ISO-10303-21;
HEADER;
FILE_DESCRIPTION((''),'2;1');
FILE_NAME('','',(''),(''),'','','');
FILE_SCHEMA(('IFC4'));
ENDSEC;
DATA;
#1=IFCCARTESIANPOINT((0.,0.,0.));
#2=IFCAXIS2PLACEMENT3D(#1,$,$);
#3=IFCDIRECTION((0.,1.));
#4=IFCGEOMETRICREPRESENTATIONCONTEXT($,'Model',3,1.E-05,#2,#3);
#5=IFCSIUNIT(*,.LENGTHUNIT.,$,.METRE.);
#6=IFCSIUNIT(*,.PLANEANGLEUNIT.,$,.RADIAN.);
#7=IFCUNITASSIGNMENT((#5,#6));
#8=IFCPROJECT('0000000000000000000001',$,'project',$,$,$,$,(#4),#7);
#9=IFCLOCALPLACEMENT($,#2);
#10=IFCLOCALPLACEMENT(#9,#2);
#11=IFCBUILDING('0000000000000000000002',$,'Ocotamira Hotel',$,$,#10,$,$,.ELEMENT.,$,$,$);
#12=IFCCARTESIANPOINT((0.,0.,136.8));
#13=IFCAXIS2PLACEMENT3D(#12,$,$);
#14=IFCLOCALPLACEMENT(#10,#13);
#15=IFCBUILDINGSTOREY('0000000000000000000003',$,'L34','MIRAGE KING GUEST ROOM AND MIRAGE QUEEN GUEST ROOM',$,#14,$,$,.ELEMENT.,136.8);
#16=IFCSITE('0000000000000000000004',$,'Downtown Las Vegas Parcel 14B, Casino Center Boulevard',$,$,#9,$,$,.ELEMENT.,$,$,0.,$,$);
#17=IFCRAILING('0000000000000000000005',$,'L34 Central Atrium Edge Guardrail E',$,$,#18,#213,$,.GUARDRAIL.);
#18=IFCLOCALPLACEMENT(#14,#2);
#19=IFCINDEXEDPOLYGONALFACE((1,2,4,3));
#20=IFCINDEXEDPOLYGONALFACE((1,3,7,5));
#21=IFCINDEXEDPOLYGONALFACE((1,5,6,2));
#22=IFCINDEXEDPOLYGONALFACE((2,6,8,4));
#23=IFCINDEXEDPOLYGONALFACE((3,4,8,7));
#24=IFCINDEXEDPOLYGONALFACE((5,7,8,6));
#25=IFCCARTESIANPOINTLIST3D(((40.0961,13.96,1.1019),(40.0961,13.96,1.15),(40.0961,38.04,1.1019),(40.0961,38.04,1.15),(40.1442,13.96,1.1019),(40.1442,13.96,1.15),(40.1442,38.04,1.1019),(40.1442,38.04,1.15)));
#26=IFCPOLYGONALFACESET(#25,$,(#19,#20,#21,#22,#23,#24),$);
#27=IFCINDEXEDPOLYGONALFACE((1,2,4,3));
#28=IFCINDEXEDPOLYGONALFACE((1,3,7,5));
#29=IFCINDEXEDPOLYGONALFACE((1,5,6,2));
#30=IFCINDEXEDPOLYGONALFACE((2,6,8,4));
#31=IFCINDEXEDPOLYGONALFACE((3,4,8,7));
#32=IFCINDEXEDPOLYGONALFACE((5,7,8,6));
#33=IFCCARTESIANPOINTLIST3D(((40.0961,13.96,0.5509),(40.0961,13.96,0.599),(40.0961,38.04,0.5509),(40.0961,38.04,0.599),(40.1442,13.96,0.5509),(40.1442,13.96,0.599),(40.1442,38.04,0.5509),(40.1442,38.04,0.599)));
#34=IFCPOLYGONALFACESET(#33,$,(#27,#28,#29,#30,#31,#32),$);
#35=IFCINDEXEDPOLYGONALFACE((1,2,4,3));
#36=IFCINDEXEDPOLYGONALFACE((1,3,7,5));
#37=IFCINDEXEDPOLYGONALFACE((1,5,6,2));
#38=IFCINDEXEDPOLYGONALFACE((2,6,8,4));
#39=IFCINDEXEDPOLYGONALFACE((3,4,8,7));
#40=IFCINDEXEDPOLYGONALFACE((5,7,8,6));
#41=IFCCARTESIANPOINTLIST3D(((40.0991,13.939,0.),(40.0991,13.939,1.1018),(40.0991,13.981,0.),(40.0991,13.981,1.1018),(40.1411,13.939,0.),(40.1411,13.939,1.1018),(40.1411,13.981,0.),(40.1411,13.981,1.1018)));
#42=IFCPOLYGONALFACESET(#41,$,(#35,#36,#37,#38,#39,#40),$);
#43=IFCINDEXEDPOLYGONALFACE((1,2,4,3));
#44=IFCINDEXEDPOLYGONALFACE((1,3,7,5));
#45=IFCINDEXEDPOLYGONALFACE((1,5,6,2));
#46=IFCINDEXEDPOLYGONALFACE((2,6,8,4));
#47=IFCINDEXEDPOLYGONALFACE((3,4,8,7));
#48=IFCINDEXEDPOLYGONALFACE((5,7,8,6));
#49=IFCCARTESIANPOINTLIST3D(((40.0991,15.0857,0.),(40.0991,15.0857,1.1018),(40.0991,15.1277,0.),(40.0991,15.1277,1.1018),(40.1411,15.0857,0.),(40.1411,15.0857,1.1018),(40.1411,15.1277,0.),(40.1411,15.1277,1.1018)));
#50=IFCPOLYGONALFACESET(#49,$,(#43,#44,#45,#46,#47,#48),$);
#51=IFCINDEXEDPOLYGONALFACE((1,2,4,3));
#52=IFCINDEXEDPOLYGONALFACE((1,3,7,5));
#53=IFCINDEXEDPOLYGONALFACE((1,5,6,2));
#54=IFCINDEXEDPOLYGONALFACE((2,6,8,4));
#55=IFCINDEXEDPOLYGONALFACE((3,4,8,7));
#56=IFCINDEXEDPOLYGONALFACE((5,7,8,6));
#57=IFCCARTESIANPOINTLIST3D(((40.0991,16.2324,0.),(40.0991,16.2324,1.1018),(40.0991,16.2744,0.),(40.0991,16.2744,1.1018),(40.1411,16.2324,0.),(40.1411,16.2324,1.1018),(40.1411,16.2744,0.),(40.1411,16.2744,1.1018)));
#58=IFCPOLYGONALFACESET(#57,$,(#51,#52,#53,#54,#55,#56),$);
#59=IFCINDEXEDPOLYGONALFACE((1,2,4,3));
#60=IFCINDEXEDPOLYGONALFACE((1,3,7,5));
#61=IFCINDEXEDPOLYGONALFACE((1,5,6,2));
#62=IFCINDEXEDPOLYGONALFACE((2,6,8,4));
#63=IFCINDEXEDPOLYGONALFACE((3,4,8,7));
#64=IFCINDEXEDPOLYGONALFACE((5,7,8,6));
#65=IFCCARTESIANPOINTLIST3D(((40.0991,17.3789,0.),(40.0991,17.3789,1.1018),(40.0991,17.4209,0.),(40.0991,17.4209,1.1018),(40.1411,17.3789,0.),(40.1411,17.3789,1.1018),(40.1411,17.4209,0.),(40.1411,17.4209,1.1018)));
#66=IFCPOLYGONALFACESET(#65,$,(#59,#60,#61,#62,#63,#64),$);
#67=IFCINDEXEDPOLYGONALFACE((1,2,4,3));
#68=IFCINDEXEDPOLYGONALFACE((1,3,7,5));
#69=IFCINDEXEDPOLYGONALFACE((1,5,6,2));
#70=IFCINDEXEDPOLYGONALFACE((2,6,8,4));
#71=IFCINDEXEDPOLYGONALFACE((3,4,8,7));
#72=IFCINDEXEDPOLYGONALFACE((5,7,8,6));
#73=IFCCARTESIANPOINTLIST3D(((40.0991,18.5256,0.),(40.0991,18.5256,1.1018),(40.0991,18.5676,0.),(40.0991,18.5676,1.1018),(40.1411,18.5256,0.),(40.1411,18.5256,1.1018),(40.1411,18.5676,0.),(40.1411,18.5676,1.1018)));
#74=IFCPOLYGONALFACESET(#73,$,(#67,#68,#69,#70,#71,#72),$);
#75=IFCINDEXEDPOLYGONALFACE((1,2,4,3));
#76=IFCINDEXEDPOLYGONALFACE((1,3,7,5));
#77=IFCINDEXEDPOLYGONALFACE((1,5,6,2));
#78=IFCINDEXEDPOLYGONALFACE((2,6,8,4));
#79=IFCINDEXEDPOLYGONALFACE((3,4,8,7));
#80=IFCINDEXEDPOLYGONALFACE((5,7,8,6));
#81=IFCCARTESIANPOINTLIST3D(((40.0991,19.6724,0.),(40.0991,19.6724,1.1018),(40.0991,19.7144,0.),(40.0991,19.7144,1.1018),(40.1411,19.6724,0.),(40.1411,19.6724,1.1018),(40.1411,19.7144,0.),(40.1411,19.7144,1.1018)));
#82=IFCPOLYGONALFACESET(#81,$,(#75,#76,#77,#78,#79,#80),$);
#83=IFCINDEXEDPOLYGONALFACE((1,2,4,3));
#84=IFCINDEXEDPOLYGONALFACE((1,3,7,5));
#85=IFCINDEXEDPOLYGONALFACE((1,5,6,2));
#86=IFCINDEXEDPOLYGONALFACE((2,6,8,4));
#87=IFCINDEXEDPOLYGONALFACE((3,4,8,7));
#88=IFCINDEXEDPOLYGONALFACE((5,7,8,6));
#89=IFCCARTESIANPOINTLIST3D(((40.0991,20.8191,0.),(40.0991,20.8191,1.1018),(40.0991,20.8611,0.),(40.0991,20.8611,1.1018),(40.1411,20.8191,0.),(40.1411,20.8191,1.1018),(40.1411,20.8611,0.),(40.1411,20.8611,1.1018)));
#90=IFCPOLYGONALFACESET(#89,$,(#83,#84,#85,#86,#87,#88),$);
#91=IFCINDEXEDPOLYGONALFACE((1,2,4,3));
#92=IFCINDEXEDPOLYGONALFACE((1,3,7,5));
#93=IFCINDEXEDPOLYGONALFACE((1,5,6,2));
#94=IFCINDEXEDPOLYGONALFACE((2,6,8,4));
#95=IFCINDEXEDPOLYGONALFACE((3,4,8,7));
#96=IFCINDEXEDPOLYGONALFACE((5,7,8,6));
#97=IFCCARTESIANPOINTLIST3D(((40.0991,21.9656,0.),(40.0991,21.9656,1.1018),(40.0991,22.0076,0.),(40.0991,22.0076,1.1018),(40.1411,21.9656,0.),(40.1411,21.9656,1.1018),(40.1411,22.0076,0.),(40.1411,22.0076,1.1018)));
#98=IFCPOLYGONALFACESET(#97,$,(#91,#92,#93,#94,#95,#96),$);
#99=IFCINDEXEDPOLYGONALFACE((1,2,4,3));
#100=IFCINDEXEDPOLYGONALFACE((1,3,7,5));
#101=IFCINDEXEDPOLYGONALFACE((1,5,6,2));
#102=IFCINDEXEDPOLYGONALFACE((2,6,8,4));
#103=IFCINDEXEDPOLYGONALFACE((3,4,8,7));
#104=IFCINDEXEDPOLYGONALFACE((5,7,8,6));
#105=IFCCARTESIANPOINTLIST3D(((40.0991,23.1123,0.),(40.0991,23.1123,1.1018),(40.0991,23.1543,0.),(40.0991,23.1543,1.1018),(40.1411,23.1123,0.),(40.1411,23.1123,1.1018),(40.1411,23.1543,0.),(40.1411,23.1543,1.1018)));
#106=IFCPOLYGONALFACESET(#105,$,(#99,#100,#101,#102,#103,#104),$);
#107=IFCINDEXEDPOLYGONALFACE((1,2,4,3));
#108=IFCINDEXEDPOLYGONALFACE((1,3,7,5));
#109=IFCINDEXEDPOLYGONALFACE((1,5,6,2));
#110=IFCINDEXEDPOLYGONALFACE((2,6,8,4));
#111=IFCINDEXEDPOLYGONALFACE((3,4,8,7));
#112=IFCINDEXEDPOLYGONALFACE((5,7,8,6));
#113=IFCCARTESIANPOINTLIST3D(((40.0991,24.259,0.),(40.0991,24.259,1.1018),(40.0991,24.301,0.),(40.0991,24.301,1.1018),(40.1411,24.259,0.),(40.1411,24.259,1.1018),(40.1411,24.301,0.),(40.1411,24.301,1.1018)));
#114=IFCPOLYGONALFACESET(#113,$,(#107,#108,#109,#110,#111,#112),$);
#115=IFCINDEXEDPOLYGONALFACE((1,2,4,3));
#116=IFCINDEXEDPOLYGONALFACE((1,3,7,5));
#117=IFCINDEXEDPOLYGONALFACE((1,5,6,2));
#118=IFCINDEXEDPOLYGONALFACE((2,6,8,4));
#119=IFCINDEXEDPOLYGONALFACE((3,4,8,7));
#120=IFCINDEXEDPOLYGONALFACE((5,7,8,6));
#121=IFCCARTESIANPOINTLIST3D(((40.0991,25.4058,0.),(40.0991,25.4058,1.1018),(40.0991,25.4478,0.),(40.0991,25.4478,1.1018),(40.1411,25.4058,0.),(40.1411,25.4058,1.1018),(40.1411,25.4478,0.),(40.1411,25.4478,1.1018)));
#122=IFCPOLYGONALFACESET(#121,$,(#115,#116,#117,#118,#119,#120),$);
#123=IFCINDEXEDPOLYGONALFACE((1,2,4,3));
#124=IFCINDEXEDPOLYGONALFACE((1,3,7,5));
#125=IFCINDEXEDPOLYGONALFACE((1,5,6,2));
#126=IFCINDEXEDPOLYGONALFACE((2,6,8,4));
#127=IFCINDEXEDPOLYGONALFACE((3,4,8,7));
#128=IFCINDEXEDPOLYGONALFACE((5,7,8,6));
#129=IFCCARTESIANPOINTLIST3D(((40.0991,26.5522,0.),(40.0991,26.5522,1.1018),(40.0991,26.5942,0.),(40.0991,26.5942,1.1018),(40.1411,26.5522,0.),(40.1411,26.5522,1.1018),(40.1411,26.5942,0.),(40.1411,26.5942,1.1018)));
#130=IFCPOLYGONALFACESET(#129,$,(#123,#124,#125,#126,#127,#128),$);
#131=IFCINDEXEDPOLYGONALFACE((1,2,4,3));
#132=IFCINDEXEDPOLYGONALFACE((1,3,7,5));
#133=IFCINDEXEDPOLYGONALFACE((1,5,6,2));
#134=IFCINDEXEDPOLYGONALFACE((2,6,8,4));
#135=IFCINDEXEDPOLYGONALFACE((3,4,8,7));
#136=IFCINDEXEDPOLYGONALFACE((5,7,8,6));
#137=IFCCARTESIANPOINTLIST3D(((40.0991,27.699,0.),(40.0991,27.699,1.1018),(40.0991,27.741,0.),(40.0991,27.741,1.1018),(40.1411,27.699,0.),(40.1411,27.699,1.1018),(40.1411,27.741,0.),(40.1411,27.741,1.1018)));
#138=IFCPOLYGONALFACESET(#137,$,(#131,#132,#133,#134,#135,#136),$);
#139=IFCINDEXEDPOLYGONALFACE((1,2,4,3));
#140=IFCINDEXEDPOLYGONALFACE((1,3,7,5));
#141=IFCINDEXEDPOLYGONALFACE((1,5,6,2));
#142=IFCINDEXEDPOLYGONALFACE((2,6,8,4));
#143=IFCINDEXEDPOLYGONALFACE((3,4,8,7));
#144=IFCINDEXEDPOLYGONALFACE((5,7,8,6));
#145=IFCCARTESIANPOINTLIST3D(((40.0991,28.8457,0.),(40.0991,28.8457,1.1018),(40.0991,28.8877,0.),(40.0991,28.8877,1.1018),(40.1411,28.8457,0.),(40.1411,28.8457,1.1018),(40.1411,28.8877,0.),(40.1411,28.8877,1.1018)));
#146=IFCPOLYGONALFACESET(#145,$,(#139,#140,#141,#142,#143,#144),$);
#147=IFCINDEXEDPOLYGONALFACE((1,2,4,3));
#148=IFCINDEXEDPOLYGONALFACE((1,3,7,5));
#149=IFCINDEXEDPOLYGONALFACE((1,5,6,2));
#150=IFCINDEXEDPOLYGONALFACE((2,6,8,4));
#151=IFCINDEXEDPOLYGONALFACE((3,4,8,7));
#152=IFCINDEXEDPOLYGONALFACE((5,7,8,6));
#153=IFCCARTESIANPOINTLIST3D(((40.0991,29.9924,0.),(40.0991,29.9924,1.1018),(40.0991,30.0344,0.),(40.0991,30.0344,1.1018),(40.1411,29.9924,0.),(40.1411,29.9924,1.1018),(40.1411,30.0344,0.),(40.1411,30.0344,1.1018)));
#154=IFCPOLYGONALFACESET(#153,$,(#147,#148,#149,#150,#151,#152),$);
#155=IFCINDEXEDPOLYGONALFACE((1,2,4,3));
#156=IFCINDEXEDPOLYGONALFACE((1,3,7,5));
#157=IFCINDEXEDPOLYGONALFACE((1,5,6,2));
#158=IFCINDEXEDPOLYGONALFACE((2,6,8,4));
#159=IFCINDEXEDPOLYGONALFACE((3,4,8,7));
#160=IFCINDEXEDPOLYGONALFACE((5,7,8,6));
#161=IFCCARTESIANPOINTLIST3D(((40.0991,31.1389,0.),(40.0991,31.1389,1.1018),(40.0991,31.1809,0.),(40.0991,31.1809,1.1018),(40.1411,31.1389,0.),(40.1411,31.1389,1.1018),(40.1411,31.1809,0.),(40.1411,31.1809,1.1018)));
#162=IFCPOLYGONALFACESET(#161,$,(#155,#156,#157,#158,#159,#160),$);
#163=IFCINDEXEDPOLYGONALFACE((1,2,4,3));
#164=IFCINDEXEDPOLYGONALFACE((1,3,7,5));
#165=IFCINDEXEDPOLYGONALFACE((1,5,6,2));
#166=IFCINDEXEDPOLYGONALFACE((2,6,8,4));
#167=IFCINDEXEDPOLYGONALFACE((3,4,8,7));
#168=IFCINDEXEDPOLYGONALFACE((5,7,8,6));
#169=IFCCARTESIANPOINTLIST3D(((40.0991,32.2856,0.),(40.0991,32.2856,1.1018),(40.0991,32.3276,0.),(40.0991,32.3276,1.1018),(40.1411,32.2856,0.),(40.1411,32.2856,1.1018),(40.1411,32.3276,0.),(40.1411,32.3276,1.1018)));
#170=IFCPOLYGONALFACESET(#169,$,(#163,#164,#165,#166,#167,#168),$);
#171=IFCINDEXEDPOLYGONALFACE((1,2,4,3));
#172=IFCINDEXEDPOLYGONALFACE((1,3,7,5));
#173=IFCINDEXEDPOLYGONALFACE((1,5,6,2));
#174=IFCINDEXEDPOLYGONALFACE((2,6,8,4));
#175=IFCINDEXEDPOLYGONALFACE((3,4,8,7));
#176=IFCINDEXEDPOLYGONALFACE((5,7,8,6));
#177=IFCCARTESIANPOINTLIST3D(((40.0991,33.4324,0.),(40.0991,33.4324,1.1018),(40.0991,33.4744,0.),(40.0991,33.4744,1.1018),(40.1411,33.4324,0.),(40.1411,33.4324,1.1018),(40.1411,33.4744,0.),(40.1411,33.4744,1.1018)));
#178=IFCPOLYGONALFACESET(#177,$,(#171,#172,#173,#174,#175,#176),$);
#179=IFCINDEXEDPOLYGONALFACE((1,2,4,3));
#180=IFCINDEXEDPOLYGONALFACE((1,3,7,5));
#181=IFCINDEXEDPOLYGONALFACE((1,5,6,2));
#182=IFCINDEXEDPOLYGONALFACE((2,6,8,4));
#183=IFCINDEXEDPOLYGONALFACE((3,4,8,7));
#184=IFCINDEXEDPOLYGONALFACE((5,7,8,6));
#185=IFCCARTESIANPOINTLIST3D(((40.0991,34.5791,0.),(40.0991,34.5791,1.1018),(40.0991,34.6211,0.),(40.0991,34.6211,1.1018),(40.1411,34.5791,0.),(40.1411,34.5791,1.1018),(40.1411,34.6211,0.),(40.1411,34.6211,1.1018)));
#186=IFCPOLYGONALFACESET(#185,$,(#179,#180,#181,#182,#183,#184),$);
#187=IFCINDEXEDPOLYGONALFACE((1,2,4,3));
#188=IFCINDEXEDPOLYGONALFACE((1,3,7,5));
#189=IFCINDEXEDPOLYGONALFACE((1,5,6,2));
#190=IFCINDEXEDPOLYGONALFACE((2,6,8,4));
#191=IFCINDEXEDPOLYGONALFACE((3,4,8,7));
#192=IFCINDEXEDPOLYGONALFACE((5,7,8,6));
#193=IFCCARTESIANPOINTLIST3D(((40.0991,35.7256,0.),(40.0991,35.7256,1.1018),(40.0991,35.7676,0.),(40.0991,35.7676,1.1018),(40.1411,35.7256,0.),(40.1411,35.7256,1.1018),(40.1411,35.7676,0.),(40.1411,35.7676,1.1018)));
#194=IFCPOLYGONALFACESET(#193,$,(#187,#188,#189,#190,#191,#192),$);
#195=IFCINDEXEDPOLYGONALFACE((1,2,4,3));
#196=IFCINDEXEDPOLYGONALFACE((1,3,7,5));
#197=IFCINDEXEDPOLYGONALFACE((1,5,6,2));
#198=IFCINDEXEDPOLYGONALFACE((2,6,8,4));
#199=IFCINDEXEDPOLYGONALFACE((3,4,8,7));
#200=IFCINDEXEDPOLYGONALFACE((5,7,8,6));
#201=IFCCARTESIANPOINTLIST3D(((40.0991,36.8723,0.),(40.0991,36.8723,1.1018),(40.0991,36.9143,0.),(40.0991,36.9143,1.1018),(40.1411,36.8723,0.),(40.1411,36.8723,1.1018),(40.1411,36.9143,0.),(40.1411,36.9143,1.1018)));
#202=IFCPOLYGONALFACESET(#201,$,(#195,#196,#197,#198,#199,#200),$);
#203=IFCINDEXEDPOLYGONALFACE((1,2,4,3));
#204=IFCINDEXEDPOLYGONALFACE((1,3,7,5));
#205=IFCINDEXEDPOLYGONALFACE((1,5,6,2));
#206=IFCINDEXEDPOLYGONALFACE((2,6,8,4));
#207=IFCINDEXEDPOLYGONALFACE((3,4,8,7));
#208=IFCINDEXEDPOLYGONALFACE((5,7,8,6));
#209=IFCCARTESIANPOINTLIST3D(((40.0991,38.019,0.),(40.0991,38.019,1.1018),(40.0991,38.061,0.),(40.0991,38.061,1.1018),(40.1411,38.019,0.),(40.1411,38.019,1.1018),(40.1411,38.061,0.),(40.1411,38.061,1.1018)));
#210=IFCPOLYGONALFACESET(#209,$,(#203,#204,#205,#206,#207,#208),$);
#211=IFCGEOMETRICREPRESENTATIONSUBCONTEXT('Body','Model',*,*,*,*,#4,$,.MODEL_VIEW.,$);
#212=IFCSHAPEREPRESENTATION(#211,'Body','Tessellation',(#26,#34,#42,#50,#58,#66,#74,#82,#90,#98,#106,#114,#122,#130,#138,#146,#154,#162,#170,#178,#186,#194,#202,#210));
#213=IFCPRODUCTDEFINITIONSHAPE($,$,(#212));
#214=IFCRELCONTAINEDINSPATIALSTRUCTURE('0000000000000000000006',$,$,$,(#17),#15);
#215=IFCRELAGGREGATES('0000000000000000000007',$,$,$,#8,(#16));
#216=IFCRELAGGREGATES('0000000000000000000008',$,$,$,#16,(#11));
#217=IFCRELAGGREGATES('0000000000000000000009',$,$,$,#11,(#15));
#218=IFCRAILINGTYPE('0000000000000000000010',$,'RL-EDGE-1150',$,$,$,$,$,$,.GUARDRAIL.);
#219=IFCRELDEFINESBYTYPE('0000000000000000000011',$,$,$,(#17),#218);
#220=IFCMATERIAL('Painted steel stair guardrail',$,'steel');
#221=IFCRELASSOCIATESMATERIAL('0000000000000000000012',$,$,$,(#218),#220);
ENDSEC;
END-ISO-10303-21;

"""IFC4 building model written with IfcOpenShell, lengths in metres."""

from ifc_helpers import new_model, si_unit, direction, frame, origin, origin_2d, place, context, subcontext, project, spatial, rectangle, extrude, material, type_object, element, save


model = new_model("IFC4")

# Units and contexts
model_context = context("Model", 3, precision=1e-05, world=origin(), true_north=direction((0.0, 1.0)))
body_context = subcontext(model_context, "Body", "Model", "MODEL_VIEW")
ifc_project = project(units=[si_unit("LENGTHUNIT", "METRE"), si_unit("PLANEANGLEUNIT", "RADIAN")], contexts=[model_context])

# Site, building, storey
site_placement = place(None, origin())
site = spatial("IfcSite", under=ifc_project, at=site_placement, Name="Downtown Las Vegas Parcel 14B, Casino Center Boulevard", CompositionType="ELEMENT", RefElevation=0.0)
building_placement = place(site_placement, origin())
building = spatial("IfcBuilding", under=site, at=building_placement, Name="Ocotamira Hotel", CompositionType="ELEMENT")
storey_placement = place(building_placement, frame((0.0, 0.0, 136.8)))
storey = spatial("IfcBuildingStorey", under=building, at=storey_placement, Name="L34", Description="MIRAGE KING GUEST ROOM AND MIRAGE QUEEN GUEST ROOM", CompositionType="ELEMENT", Elevation=136.8)

# Railing
ifc_material_1 = material(Name="Painted steel stair guardrail", Category="steel")
railing_type = type_object("IfcRailingType", Name="RL-EDGE-1150", PredefinedType="GUARDRAIL", material=ifc_material_1)
railing_placement = place(storey_placement, frame((40.1201, 13.96, 0.0)))
element("IfcRailing", 1, at=railing_placement, inside=storey, type_object=railing_type, Name="L34 Central Atrium Edge Guardrail E", PredefinedType="GUARDRAIL", context=body_context, shape_type="SweptSolid", body=[
    extrude(rectangle(XDim=0.0481, YDim=0.0481, at=origin_2d()), frame((0.0, 0.0, 1.126), z_axis=(0.0, 1.0, 0.0), x_axis=(-1.0, 0.0, 0.0)), (0.0, 0.0, 1.0), 24.0801),
    extrude(rectangle(XDim=0.0481, YDim=0.0481, at=origin_2d()), frame((0.0, 0.0, 0.575), z_axis=(0.0, 1.0, 0.0), x_axis=(-1.0, 0.0, 0.0)), (0.0, 0.0, 1.0), 24.0801),
    extrude(rectangle(XDim=0.042, YDim=0.042, at=origin_2d()), origin(), (0.0, 0.0, 1.0), 1.1018),
    extrude(rectangle(XDim=0.042, YDim=0.042, at=origin_2d()), frame((0.0, 1.1467, 0.0)), (0.0, 0.0, 1.0), 1.1018),
    extrude(rectangle(XDim=0.042, YDim=0.042, at=origin_2d()), frame((0.0, 2.2935, 0.0)), (0.0, 0.0, 1.0), 1.1018),
    extrude(rectangle(XDim=0.042, YDim=0.042, at=origin_2d()), frame((0.0, 3.4399, 0.0)), (0.0, 0.0, 1.0), 1.1018),
    extrude(rectangle(XDim=0.042, YDim=0.042, at=origin_2d()), frame((0.0, 4.5867, 0.0)), (0.0, 0.0, 1.0), 1.1018),
    extrude(rectangle(XDim=0.042, YDim=0.042, at=origin_2d()), frame((0.0, 5.7334, 0.0)), (0.0, 0.0, 1.0), 1.1018),
    extrude(rectangle(XDim=0.042, YDim=0.042, at=origin_2d()), frame((0.0, 6.8801, 0.0)), (0.0, 0.0, 1.0), 1.1018),
    extrude(rectangle(XDim=0.042, YDim=0.042, at=origin_2d()), frame((0.0, 8.0266, 0.0)), (0.0, 0.0, 1.0), 1.1018),
    extrude(rectangle(XDim=0.042, YDim=0.042, at=origin_2d()), frame((0.0, 9.1733, 0.0)), (0.0, 0.0, 1.0), 1.1018),
    extrude(rectangle(XDim=0.042, YDim=0.042, at=origin_2d()), frame((0.0, 10.3201, 0.0)), (0.0, 0.0, 1.0), 1.1018),
    extrude(rectangle(XDim=0.042, YDim=0.042, at=origin_2d()), frame((0.0, 11.4668, 0.0)), (0.0, 0.0, 1.0), 1.1018),
    extrude(rectangle(XDim=0.042, YDim=0.042, at=origin_2d()), frame((0.0, 12.6133, 0.0)), (0.0, 0.0, 1.0), 1.1018),
    extrude(rectangle(XDim=0.042, YDim=0.042, at=origin_2d()), frame((0.0, 13.76, 0.0)), (0.0, 0.0, 1.0), 1.1018),
    extrude(rectangle(XDim=0.042, YDim=0.042, at=origin_2d()), frame((0.0, 14.9067, 0.0)), (0.0, 0.0, 1.0), 1.1018),
    extrude(rectangle(XDim=0.042, YDim=0.042, at=origin_2d()), frame((0.0, 16.0535, 0.0)), (0.0, 0.0, 1.0), 1.1018),
    extrude(rectangle(XDim=0.042, YDim=0.042, at=origin_2d()), frame((0.0, 17.2, 0.0)), (0.0, 0.0, 1.0), 1.1018),
    extrude(rectangle(XDim=0.042, YDim=0.042, at=origin_2d()), frame((0.0, 18.3467, 0.0)), (0.0, 0.0, 1.0), 1.1018),
    extrude(rectangle(XDim=0.042, YDim=0.042, at=origin_2d()), frame((0.0, 19.4934, 0.0)), (0.0, 0.0, 1.0), 1.1018),
    extrude(rectangle(XDim=0.042, YDim=0.042, at=origin_2d()), frame((0.0, 20.6401, 0.0)), (0.0, 0.0, 1.0), 1.1018),
    extrude(rectangle(XDim=0.042, YDim=0.042, at=origin_2d()), frame((0.0, 21.7866, 0.0)), (0.0, 0.0, 1.0), 1.1018),
    extrude(rectangle(XDim=0.042, YDim=0.042, at=origin_2d()), frame((0.0, 22.9333, 0.0)), (0.0, 0.0, 1.0), 1.1018),
    extrude(rectangle(XDim=0.042, YDim=0.042, at=origin_2d()), frame((0.0, 24.0801, 0.0)), (0.0, 0.0, 1.0), 1.1018),
])

save(model, "model.ifc")
